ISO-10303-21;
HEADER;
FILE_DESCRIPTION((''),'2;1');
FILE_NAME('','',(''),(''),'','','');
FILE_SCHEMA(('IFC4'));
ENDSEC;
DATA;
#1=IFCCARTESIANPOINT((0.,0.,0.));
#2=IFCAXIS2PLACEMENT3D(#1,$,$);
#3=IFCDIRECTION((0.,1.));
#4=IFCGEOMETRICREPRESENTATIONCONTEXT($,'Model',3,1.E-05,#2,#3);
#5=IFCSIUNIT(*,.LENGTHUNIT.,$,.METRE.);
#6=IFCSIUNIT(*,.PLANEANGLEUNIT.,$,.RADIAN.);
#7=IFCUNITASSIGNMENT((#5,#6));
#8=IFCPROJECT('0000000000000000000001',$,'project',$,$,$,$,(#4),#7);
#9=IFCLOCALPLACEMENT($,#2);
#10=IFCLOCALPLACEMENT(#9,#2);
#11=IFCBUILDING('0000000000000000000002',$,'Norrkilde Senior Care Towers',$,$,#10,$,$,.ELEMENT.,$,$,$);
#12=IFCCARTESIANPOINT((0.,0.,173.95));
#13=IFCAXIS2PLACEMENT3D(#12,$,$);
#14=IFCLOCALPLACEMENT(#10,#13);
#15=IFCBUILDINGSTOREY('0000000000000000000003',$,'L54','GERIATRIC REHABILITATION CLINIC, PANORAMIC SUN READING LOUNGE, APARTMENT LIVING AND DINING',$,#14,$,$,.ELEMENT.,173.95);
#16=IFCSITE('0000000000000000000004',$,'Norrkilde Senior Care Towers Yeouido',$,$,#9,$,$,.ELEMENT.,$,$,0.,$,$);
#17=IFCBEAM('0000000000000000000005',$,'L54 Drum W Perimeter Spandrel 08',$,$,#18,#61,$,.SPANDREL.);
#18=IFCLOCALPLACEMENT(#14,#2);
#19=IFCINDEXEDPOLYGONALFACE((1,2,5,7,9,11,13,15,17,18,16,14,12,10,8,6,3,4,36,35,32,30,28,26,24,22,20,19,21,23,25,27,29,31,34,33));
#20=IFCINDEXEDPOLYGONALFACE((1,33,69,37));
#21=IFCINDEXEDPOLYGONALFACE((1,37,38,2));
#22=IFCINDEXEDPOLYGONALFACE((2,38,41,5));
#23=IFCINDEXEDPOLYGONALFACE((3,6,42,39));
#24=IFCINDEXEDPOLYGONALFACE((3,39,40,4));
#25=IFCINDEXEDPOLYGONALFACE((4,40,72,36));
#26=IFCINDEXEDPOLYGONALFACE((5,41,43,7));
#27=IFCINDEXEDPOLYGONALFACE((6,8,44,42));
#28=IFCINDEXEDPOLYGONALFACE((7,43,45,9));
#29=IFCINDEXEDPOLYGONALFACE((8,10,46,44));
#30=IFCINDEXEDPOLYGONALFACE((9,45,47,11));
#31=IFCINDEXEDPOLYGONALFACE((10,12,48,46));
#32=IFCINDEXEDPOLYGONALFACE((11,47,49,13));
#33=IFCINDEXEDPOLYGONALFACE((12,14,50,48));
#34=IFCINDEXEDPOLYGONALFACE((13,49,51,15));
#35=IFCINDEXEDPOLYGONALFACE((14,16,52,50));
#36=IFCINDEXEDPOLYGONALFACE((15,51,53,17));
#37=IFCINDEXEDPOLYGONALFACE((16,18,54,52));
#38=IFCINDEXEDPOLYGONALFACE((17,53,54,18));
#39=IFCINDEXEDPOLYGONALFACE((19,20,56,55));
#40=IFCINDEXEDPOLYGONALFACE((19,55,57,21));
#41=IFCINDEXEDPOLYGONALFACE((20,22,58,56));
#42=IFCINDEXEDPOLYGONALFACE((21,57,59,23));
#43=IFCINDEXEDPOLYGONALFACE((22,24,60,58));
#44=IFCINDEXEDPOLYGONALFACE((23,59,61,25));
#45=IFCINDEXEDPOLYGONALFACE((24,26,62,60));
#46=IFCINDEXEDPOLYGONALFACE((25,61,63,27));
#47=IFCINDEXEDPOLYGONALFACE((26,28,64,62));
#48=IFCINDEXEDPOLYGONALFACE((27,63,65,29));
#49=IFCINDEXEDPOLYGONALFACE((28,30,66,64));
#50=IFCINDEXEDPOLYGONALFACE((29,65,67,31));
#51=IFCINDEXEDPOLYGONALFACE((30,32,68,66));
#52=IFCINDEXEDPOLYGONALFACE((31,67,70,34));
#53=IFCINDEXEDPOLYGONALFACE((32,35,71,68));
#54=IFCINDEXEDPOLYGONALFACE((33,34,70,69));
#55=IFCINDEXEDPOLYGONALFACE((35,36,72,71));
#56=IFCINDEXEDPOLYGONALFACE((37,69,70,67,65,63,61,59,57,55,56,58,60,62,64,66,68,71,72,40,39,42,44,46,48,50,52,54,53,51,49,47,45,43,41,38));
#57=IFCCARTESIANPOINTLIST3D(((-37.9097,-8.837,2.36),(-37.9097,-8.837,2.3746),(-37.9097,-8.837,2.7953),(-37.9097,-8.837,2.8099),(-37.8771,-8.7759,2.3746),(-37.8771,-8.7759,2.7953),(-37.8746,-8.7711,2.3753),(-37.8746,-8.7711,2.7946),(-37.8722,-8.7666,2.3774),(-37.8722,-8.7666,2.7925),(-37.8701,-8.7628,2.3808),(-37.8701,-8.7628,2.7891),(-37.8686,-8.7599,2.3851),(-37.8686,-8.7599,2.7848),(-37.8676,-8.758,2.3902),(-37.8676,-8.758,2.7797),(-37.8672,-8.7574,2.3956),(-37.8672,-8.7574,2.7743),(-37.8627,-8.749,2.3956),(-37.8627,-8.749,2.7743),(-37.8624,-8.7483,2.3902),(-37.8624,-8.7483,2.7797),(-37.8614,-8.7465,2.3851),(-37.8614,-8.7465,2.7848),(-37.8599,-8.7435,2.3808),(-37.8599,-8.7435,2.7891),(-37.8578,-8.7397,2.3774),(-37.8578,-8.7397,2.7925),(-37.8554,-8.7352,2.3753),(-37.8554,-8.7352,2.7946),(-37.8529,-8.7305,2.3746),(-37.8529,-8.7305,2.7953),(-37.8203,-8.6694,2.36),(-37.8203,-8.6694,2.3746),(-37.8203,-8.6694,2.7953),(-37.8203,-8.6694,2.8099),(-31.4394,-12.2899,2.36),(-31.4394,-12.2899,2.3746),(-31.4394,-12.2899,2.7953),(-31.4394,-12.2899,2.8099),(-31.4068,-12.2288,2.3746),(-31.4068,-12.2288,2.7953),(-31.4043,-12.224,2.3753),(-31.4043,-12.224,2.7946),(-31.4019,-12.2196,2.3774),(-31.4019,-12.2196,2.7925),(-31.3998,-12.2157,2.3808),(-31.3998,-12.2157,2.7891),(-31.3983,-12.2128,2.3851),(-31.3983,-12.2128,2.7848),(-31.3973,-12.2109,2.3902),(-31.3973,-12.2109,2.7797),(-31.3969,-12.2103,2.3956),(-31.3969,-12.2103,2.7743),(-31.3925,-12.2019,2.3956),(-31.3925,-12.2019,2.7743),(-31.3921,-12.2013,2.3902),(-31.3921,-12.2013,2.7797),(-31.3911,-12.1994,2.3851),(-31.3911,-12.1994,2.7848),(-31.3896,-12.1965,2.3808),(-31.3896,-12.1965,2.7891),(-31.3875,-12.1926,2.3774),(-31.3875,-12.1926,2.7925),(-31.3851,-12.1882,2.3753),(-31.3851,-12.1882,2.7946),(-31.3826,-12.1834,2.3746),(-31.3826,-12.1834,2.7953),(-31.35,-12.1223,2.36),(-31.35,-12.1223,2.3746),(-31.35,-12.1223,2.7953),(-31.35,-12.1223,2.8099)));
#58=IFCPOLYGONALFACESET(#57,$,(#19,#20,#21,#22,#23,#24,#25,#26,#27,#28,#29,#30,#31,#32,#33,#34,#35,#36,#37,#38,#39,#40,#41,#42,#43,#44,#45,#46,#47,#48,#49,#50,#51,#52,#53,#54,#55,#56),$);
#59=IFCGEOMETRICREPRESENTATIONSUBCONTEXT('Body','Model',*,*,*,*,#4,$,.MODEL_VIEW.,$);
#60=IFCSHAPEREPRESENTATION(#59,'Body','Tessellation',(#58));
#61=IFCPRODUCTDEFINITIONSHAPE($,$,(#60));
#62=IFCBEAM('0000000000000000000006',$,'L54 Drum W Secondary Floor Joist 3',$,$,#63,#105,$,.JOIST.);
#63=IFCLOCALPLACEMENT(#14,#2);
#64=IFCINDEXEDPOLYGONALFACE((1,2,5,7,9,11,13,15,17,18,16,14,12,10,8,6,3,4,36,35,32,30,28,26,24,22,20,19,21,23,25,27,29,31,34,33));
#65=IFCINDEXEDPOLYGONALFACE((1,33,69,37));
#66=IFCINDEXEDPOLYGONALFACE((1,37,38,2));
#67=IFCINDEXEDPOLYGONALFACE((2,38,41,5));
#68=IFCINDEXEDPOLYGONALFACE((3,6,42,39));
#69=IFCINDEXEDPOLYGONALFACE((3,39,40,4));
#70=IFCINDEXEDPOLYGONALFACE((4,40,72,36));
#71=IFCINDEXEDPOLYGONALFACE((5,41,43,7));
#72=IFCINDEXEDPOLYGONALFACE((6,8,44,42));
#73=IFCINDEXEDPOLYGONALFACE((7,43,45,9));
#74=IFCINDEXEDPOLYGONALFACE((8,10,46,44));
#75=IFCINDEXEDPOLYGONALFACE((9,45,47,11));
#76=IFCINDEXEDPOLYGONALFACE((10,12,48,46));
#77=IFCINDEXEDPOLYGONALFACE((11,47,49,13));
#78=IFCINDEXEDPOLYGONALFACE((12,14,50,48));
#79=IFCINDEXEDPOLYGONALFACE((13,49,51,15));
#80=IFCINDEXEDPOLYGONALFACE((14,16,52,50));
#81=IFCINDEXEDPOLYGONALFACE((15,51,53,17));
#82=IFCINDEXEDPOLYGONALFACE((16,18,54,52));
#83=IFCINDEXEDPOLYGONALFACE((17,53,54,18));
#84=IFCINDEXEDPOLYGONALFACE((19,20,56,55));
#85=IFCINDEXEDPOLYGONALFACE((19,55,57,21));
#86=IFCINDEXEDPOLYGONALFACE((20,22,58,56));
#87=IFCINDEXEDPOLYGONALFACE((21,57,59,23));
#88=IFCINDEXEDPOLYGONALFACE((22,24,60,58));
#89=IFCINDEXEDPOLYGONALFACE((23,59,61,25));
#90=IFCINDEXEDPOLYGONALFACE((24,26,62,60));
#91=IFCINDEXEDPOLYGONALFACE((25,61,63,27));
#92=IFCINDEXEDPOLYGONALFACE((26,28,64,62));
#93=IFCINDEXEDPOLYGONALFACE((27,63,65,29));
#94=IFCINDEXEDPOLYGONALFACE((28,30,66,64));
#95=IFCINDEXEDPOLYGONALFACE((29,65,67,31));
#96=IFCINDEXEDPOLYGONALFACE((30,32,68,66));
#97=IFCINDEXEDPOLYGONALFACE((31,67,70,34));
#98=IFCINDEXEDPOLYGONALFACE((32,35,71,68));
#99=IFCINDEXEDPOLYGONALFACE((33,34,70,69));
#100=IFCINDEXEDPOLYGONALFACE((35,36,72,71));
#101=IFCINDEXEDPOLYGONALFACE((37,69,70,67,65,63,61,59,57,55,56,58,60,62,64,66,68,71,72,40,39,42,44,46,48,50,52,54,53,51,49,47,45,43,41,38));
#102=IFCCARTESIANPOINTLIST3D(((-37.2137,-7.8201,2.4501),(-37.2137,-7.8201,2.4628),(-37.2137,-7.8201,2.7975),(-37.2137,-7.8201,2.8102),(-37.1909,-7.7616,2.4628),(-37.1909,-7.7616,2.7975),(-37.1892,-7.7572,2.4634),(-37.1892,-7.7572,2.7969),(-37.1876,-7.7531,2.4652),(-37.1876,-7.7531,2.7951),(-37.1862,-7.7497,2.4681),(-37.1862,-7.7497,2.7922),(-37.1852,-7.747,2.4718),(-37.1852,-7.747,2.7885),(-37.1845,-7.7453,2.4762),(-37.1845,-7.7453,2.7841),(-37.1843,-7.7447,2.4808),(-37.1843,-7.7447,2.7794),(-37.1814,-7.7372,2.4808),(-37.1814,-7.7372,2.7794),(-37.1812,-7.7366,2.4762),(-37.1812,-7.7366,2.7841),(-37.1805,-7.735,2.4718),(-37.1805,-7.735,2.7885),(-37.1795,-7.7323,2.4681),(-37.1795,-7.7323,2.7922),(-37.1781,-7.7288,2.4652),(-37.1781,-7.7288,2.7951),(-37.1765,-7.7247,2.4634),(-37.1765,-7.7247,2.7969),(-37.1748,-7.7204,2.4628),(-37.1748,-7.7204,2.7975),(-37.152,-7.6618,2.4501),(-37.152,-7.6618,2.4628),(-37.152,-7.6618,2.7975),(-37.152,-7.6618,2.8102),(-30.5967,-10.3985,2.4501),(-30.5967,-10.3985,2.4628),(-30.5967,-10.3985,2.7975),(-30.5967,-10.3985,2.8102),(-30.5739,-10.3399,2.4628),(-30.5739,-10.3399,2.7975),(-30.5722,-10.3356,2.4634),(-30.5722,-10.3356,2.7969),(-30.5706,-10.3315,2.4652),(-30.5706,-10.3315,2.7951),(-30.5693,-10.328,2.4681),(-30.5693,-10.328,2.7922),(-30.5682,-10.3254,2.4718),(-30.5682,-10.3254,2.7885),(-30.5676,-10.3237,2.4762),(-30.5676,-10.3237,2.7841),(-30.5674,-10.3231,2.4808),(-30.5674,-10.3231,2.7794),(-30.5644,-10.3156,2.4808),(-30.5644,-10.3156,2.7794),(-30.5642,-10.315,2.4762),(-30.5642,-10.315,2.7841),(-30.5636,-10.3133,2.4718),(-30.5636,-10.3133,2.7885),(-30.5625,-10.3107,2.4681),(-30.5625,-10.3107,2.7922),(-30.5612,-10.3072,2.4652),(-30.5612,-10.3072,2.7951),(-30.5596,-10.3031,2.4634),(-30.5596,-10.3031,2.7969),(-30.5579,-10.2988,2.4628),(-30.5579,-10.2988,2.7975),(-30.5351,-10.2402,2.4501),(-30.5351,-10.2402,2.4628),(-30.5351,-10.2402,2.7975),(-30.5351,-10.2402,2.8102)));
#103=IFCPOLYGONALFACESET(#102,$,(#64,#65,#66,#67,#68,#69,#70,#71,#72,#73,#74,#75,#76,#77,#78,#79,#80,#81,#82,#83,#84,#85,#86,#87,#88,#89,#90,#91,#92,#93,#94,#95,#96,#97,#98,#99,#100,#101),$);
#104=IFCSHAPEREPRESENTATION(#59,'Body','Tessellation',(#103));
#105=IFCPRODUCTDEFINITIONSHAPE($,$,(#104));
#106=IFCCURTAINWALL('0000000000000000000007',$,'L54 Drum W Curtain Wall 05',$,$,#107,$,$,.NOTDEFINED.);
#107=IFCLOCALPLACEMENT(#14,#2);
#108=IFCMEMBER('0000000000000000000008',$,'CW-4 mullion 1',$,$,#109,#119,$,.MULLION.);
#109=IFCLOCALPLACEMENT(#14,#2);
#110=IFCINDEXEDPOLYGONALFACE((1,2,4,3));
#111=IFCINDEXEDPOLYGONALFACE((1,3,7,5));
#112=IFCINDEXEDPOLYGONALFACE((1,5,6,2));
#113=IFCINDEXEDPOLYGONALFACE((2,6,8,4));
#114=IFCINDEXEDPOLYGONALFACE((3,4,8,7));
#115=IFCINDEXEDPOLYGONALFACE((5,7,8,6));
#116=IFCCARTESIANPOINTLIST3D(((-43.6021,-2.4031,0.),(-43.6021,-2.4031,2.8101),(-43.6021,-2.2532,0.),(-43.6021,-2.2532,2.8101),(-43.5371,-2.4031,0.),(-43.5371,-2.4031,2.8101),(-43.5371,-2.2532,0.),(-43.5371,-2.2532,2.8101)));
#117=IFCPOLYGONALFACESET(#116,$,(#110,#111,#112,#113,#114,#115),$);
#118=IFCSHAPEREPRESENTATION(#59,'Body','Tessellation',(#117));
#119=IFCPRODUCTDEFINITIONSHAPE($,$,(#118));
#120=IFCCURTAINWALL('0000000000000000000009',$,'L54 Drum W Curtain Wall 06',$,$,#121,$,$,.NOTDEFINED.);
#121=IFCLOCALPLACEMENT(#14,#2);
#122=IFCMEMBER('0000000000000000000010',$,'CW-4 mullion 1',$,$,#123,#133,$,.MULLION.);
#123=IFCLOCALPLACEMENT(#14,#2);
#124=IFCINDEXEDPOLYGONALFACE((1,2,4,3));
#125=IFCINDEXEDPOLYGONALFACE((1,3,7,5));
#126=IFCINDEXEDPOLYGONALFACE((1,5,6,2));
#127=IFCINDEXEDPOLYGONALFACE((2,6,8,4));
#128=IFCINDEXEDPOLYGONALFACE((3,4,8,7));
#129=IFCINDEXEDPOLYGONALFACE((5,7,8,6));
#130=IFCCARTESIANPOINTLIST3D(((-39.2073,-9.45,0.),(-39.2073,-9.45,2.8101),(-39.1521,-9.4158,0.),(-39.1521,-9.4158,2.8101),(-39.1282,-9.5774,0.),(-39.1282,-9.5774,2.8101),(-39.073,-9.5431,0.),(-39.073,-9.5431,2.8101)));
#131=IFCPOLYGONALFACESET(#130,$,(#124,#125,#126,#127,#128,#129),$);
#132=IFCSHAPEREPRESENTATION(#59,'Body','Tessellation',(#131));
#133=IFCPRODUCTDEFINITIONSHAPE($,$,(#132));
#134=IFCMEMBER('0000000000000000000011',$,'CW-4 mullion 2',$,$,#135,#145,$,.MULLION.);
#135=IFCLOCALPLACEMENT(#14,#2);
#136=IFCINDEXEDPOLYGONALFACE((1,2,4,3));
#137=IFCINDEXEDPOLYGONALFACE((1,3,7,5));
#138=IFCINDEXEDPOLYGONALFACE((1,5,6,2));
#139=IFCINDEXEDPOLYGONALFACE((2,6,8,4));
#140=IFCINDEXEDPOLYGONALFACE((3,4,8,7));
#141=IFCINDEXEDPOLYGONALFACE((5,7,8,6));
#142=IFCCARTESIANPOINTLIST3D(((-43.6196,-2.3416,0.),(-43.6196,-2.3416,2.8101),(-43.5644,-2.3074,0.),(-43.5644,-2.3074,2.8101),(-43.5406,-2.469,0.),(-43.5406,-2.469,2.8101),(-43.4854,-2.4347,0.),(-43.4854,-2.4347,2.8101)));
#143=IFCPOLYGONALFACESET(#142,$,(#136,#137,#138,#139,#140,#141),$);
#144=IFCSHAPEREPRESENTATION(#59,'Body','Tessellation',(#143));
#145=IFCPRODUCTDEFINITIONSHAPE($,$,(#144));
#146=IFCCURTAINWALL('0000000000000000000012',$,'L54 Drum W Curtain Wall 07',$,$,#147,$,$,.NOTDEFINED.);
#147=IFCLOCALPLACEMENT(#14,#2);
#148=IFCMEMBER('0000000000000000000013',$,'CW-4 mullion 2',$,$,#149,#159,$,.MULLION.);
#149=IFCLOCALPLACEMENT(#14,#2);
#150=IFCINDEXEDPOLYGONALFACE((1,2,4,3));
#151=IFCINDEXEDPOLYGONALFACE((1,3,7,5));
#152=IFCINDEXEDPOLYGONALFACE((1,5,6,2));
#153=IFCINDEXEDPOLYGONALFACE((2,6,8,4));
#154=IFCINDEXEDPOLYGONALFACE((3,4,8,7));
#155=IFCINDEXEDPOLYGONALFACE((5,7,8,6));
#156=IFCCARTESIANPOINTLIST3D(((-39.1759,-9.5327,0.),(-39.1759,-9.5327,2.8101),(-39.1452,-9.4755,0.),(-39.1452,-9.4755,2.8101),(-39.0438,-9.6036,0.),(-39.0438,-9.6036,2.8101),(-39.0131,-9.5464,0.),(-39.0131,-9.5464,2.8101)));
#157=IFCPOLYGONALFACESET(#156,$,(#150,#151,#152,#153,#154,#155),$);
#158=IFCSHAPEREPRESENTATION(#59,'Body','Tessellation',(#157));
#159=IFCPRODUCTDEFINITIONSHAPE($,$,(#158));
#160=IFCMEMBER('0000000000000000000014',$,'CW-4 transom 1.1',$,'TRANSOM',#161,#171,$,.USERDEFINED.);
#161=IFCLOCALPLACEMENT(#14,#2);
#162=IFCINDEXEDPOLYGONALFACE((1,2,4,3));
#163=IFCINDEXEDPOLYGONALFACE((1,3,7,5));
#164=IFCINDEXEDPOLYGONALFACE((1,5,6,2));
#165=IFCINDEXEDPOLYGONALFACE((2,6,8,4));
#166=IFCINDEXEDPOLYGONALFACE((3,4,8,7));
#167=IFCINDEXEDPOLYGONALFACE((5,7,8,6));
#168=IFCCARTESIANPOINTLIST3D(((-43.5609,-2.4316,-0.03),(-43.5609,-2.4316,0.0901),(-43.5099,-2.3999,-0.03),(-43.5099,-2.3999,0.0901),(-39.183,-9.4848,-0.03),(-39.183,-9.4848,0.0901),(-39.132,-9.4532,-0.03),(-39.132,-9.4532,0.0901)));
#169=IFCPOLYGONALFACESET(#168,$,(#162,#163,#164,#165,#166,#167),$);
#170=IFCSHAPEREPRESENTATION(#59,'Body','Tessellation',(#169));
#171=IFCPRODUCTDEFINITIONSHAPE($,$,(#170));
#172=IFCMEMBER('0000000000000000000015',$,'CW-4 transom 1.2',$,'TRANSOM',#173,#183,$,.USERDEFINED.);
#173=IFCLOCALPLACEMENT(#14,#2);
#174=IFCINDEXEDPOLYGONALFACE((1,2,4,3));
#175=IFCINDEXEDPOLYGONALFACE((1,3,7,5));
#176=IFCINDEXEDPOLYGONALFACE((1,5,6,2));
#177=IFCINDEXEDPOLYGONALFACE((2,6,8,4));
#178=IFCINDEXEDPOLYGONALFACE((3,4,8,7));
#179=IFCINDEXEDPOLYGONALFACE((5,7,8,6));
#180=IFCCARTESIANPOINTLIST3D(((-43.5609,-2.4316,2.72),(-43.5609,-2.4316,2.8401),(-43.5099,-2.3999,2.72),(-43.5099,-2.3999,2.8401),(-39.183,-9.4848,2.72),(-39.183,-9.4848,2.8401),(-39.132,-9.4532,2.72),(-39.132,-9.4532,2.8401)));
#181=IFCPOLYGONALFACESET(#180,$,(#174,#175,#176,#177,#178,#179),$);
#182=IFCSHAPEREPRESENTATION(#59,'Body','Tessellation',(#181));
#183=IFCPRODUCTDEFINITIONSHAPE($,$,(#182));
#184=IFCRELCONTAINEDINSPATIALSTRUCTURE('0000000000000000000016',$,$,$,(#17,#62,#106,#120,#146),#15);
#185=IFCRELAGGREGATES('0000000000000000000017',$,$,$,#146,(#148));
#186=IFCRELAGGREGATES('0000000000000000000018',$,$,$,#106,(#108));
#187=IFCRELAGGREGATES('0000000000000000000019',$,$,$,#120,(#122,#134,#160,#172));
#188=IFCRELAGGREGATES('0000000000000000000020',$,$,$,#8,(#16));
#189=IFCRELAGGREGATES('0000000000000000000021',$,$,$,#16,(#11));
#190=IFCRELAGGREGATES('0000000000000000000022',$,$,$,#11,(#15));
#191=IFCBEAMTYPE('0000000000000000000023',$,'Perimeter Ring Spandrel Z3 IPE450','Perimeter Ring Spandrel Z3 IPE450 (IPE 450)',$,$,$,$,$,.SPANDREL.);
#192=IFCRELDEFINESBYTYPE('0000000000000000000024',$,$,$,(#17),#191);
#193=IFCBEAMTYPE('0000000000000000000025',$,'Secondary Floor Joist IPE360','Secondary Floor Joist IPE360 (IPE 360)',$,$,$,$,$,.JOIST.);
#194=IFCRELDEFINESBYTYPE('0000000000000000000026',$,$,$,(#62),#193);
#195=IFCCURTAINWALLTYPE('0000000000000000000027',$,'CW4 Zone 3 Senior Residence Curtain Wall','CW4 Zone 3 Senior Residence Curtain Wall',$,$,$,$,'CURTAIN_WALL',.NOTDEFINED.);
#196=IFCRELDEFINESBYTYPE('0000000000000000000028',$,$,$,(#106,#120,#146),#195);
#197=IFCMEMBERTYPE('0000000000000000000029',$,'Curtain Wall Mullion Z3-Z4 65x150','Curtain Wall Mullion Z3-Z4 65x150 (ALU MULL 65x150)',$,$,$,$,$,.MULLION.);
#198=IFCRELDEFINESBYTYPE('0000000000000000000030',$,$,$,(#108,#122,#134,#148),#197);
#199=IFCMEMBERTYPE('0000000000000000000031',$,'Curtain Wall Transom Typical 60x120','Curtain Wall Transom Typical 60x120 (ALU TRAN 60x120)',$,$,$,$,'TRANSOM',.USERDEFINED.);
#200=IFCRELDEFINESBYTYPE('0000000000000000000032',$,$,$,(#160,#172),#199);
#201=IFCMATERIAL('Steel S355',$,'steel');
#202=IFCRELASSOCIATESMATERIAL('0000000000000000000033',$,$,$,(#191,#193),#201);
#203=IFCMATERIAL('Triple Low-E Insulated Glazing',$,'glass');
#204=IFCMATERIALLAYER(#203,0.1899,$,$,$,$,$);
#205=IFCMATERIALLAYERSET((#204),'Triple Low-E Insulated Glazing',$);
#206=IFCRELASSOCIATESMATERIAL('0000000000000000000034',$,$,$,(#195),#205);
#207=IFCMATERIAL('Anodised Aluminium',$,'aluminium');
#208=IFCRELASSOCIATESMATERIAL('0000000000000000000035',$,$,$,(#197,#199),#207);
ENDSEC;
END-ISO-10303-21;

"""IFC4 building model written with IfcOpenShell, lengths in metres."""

from ifc_helpers import new_model, si_unit, direction, frame, origin, origin_2d, place, context, subcontext, project, spatial, rectangle, i_section, extrude, source, transform, mapped, material, layer, layer_set, material_profile, profile_set, type_object, type_shapes, element, aggregate, save


model = new_model("IFC4")

# Units and contexts
model_context = context("Model", 3, precision=1e-05, world=origin(), true_north=direction((0.0, 1.0)))
body_context = subcontext(model_context, "Body", "Model", "MODEL_VIEW")
ifc_project = project(units=[si_unit("LENGTHUNIT", "METRE"), si_unit("PLANEANGLEUNIT", "RADIAN")], contexts=[model_context])

# Site, building, storey
site_placement = place(None, origin())
site = spatial("IfcSite", under=ifc_project, at=site_placement, Name="Norrkilde Senior Care Towers Yeouido", CompositionType="ELEMENT", RefElevation=0.0)
building_placement = place(site_placement, origin())
building = spatial("IfcBuilding", under=site, at=building_placement, Name="Norrkilde Senior Care Towers", CompositionType="ELEMENT")
storey_placement = place(building_placement, frame((0.0, 0.0, 173.95)))
storey = spatial("IfcBuildingStorey", under=building, at=storey_placement, Name="L54", Description="GERIATRIC REHABILITATION CLINIC, PANORAMIC SUN READING LOUNGE, APARTMENT LIVING AND DINING", CompositionType="ELEMENT", Elevation=173.95)

# Beams
ifc_material_1 = material(Name="Steel S355", Category="steel")
ifc_material_profile_1 = material_profile(ifc_material_1, i_section(OverallWidth=0.1899, OverallDepth=0.45, WebThickness=0.0095, FlangeThickness=0.0146, FilletRadius=0.021, at=origin_2d()), Name="IPE 450")
ifc_profile_set_1 = profile_set([ifc_material_profile_1], Name="Steel S355")
beam_type_1 = type_object("IfcBeamType", Name="Perimeter Ring Spandrel Z3 IPE450", Description="Perimeter Ring Spandrel Z3 IPE450 (IPE 450)", PredefinedType="SPANDREL", material=ifc_profile_set_1)
shared_shape_1 = source(origin(), body_context, "Body", "SweptSolid", [
    extrude(i_section(OverallWidth=0.1899, OverallDepth=0.45, WebThickness=0.0095, FlangeThickness=0.0146, FilletRadius=0.021, at=origin_2d()), origin(), (0.0, 0.0, 1.0), 7.334),
])
beam_1_placement = place(storey_placement, frame((-37.865, -8.7532, 2.585), z_axis=(0.882234, -0.470811, 0.0), x_axis=(0.470811, 0.882234, 0.0)))
element("IfcBeam", 1, at=beam_1_placement, inside=storey, type_object=beam_type_1, Name="L54 Drum W Perimeter Spandrel 08", PredefinedType="SPANDREL", context=body_context, shape_type="MappedRepresentation", body=[
    mapped(shared_shape_1, transform((0.0, 0.0, 0.0), x_axis=(1.0, 0.0, 0.0), y_axis=(0.0, 1.0, 0.0), z_axis=(0.0, 0.0, 1.0), scale=1.0)),
])
ifc_material_profile_2 = material_profile(ifc_material_1, i_section(OverallWidth=0.1699, OverallDepth=0.3601, WebThickness=0.0081, FlangeThickness=0.0127, FilletRadius=0.0181, at=origin_2d()), Name="IPE 360")
ifc_profile_set_2 = profile_set([ifc_material_profile_2], Name="Steel S355")
beam_type_2 = type_object("IfcBeamType", Name="Secondary Floor Joist IPE360", Description="Secondary Floor Joist IPE360 (IPE 360)", PredefinedType="JOIST", material=ifc_profile_set_2)
shared_shape_2 = source(origin(), body_context, "Body", "SweptSolid", [
    extrude(i_section(OverallWidth=0.1699, OverallDepth=0.3601, WebThickness=0.0081, FlangeThickness=0.0127, FilletRadius=0.0181, at=origin_2d()), origin(), (0.0, 0.0, 1.0), 7.1016),
])
type_shapes(beam_type_2, [shared_shape_2])
beam_2_placement = place(storey_placement, frame((-37.1829, -7.741, 2.6301), z_axis=(0.931761, -0.363072, 0.0), x_axis=(0.363072, 0.931761, 0.0)))
element("IfcBeam", 2, at=beam_2_placement, inside=storey, type_object=beam_type_2, Name="L54 Drum W Secondary Floor Joist 3", PredefinedType="JOIST", context=body_context, shape_type="MappedRepresentation", body=[
    mapped(shared_shape_2, transform((0.0, 0.0, 0.0), x_axis=(1.0, 0.0, 0.0), y_axis=(0.0, 1.0, 0.0), z_axis=(0.0, 0.0, 1.0), scale=1.0)),
])

# Curtain wall, member
ifc_material_2 = material(Name="Triple Low-E Insulated Glazing", Category="glass")
ifc_layer_1 = layer(ifc_material_2, 0.1899)
ifc_layer_set_1 = layer_set([ifc_layer_1], Name="Triple Low-E Insulated Glazing")
curtain_wall_type = type_object("IfcCurtainWallType", Name="CW4 Zone 3 Senior Residence Curtain Wall", Description="CW4 Zone 3 Senior Residence Curtain Wall", ElementType="CURTAIN_WALL", PredefinedType="NOTDEFINED", material=ifc_layer_set_1)
curtain_wall_1_placement = place(storey_placement, origin())
curtain_wall_1 = element("IfcCurtainWall", 3, at=curtain_wall_1_placement, inside=storey, type_object=curtain_wall_type, Name="L54 Drum W Curtain Wall 05", PredefinedType="NOTDEFINED")
ifc_material_3 = material(Name="Anodised Aluminium", Category="aluminium")
ifc_material_profile_3 = material_profile(ifc_material_3, rectangle(XDim=0.0649, YDim=0.1499, at=origin_2d()), Name="ALU MULL 65x150")
ifc_profile_set_3 = profile_set([ifc_material_profile_3], Name="Anodised Aluminium")
member_type_1 = type_object("IfcMemberType", Name="Curtain Wall Mullion Z3-Z4 65x150", Description="Curtain Wall Mullion Z3-Z4 65x150 (ALU MULL 65x150)", PredefinedType="MULLION", material=ifc_profile_set_3)
shared_shape_3 = source(origin(), body_context, "Body", "SweptSolid", [
    extrude(rectangle(XDim=0.0649, YDim=0.1499, at=origin_2d()), origin(), (0.0, 0.0, 1.0), 2.8101),
])
type_shapes(member_type_1, [shared_shape_3])
member_1_placement = place(storey_placement, frame((-43.5696, -2.3281, 0.0), z_axis=(0.0, 0.0, 1.0), x_axis=(-1.0, 0.0, 0.0)))
member_1 = element("IfcMember", 4, at=member_1_placement, type_object=member_type_1, Name="CW-4 mullion 1", PredefinedType="MULLION", context=body_context, shape_type="MappedRepresentation", body=[
    mapped(shared_shape_3, transform((0.0, 0.0, 0.0), x_axis=(1.0, 0.0, 0.0), y_axis=(0.0, 1.0, 0.0), z_axis=(0.0, 0.0, 1.0), scale=1.0)),
])

# Curtain wall, members
curtain_wall_2_placement = place(storey_placement, origin())
curtain_wall_2 = element("IfcCurtainWall", 5, at=curtain_wall_2_placement, inside=storey, type_object=curtain_wall_type, Name="L54 Drum W Curtain Wall 06", PredefinedType="NOTDEFINED")
member_2_placement = place(storey_placement, frame((-39.1401, -9.4966, 0.0), z_axis=(0.0, 0.0, 1.0), x_axis=(-0.849634, -0.527373, 0.0)))
member_2 = element("IfcMember", 6, at=member_2_placement, type_object=member_type_1, Name="CW-4 mullion 1", PredefinedType="MULLION", context=body_context, shape_type="MappedRepresentation", body=[
    mapped(shared_shape_3, transform((0.0, 0.0, 0.0), x_axis=(1.0, 0.0, 0.0), y_axis=(0.0, 1.0, 0.0), z_axis=(0.0, 0.0, 1.0), scale=1.0)),
])
member_3_placement = place(storey_placement, frame((-43.5525, -2.3882, 0.0), z_axis=(0.0, 0.0, 1.0), x_axis=(-0.849634, -0.527373, 0.0)))
member_3 = element("IfcMember", 7, at=member_3_placement, type_object=member_type_1, Name="CW-4 mullion 2", PredefinedType="MULLION", context=body_context, shape_type="MappedRepresentation", body=[
    mapped(shared_shape_3, transform((0.0, 0.0, 0.0), x_axis=(1.0, 0.0, 0.0), y_axis=(0.0, 1.0, 0.0), z_axis=(0.0, 0.0, 1.0), scale=1.0)),
])

# Curtain wall, member
curtain_wall_3_placement = place(storey_placement, origin())
curtain_wall_3 = element("IfcCurtainWall", 8, at=curtain_wall_3_placement, inside=storey, type_object=curtain_wall_type, Name="L54 Drum W Curtain Wall 07", PredefinedType="NOTDEFINED")
member_4_placement = place(storey_placement, frame((-39.0945, -9.5396, 0.0), z_axis=(0.0, 0.0, 1.0), x_axis=(-0.473117, -0.881, 0.0)))
member_4 = element("IfcMember", 9, at=member_4_placement, type_object=member_type_1, Name="CW-4 mullion 2", PredefinedType="MULLION", context=body_context, shape_type="MappedRepresentation", body=[
    mapped(shared_shape_3, transform((0.0, 0.0, 0.0), x_axis=(1.0, 0.0, 0.0), y_axis=(0.0, 1.0, 0.0), z_axis=(0.0, 0.0, 1.0), scale=1.0)),
])
aggregate(curtain_wall_3, [member_4])

# Members
ifc_material_profile_4 = material_profile(ifc_material_3, rectangle(XDim=0.0601, YDim=0.1201, at=origin_2d()), Name="ALU TRAN 60x120")
ifc_profile_set_4 = profile_set([ifc_material_profile_4], Name="Anodised Aluminium")
member_type_2 = type_object("IfcMemberType", Name="Curtain Wall Transom Typical 60x120", Description="Curtain Wall Transom Typical 60x120 (ALU TRAN 60x120)", ElementType="TRANSOM", PredefinedType="USERDEFINED", material=ifc_profile_set_4)
shared_shape_4 = source(origin(), body_context, "Body", "SweptSolid", [
    extrude(rectangle(XDim=0.0601, YDim=0.1201, at=origin_2d()), origin(), (0.0, 0.0, 1.0), 8.3015),
])
member_5_placement = place(storey_placement, frame((-39.1575, -9.469, 0.03), z_axis=(-0.527369, 0.849637, 0.0), x_axis=(-0.849637, -0.527369, 0.0)))
member_5 = element("IfcMember", 10, at=member_5_placement, type_object=member_type_2, Name="CW-4 transom 1.1", ObjectType="TRANSOM", PredefinedType="USERDEFINED", context=body_context, shape_type="MappedRepresentation", body=[
    mapped(shared_shape_4, transform((0.0, 0.0, 0.0), x_axis=(1.0, 0.0, 0.0), y_axis=(0.0, 1.0, 0.0), z_axis=(0.0, 0.0, 1.0), scale=1.0)),
])
member_6_placement = place(storey_placement, frame((-39.1575, -9.469, 2.78), z_axis=(-0.527369, 0.849637, 0.0), x_axis=(-0.849637, -0.527369, 0.0)))
member_6 = element("IfcMember", 11, at=member_6_placement, type_object=member_type_2, Name="CW-4 transom 1.2", ObjectType="TRANSOM", PredefinedType="USERDEFINED", context=body_context, shape_type="MappedRepresentation", body=[
    mapped(shared_shape_4, transform((0.0, 0.0, 0.0), x_axis=(1.0, 0.0, 0.0), y_axis=(0.0, 1.0, 0.0), z_axis=(0.0, 0.0, 1.0), scale=1.0)),
])
aggregate(curtain_wall_1, [member_1])

aggregate(curtain_wall_2, [member_2, member_3, member_5, member_6])

save(model, "model.ifc")
